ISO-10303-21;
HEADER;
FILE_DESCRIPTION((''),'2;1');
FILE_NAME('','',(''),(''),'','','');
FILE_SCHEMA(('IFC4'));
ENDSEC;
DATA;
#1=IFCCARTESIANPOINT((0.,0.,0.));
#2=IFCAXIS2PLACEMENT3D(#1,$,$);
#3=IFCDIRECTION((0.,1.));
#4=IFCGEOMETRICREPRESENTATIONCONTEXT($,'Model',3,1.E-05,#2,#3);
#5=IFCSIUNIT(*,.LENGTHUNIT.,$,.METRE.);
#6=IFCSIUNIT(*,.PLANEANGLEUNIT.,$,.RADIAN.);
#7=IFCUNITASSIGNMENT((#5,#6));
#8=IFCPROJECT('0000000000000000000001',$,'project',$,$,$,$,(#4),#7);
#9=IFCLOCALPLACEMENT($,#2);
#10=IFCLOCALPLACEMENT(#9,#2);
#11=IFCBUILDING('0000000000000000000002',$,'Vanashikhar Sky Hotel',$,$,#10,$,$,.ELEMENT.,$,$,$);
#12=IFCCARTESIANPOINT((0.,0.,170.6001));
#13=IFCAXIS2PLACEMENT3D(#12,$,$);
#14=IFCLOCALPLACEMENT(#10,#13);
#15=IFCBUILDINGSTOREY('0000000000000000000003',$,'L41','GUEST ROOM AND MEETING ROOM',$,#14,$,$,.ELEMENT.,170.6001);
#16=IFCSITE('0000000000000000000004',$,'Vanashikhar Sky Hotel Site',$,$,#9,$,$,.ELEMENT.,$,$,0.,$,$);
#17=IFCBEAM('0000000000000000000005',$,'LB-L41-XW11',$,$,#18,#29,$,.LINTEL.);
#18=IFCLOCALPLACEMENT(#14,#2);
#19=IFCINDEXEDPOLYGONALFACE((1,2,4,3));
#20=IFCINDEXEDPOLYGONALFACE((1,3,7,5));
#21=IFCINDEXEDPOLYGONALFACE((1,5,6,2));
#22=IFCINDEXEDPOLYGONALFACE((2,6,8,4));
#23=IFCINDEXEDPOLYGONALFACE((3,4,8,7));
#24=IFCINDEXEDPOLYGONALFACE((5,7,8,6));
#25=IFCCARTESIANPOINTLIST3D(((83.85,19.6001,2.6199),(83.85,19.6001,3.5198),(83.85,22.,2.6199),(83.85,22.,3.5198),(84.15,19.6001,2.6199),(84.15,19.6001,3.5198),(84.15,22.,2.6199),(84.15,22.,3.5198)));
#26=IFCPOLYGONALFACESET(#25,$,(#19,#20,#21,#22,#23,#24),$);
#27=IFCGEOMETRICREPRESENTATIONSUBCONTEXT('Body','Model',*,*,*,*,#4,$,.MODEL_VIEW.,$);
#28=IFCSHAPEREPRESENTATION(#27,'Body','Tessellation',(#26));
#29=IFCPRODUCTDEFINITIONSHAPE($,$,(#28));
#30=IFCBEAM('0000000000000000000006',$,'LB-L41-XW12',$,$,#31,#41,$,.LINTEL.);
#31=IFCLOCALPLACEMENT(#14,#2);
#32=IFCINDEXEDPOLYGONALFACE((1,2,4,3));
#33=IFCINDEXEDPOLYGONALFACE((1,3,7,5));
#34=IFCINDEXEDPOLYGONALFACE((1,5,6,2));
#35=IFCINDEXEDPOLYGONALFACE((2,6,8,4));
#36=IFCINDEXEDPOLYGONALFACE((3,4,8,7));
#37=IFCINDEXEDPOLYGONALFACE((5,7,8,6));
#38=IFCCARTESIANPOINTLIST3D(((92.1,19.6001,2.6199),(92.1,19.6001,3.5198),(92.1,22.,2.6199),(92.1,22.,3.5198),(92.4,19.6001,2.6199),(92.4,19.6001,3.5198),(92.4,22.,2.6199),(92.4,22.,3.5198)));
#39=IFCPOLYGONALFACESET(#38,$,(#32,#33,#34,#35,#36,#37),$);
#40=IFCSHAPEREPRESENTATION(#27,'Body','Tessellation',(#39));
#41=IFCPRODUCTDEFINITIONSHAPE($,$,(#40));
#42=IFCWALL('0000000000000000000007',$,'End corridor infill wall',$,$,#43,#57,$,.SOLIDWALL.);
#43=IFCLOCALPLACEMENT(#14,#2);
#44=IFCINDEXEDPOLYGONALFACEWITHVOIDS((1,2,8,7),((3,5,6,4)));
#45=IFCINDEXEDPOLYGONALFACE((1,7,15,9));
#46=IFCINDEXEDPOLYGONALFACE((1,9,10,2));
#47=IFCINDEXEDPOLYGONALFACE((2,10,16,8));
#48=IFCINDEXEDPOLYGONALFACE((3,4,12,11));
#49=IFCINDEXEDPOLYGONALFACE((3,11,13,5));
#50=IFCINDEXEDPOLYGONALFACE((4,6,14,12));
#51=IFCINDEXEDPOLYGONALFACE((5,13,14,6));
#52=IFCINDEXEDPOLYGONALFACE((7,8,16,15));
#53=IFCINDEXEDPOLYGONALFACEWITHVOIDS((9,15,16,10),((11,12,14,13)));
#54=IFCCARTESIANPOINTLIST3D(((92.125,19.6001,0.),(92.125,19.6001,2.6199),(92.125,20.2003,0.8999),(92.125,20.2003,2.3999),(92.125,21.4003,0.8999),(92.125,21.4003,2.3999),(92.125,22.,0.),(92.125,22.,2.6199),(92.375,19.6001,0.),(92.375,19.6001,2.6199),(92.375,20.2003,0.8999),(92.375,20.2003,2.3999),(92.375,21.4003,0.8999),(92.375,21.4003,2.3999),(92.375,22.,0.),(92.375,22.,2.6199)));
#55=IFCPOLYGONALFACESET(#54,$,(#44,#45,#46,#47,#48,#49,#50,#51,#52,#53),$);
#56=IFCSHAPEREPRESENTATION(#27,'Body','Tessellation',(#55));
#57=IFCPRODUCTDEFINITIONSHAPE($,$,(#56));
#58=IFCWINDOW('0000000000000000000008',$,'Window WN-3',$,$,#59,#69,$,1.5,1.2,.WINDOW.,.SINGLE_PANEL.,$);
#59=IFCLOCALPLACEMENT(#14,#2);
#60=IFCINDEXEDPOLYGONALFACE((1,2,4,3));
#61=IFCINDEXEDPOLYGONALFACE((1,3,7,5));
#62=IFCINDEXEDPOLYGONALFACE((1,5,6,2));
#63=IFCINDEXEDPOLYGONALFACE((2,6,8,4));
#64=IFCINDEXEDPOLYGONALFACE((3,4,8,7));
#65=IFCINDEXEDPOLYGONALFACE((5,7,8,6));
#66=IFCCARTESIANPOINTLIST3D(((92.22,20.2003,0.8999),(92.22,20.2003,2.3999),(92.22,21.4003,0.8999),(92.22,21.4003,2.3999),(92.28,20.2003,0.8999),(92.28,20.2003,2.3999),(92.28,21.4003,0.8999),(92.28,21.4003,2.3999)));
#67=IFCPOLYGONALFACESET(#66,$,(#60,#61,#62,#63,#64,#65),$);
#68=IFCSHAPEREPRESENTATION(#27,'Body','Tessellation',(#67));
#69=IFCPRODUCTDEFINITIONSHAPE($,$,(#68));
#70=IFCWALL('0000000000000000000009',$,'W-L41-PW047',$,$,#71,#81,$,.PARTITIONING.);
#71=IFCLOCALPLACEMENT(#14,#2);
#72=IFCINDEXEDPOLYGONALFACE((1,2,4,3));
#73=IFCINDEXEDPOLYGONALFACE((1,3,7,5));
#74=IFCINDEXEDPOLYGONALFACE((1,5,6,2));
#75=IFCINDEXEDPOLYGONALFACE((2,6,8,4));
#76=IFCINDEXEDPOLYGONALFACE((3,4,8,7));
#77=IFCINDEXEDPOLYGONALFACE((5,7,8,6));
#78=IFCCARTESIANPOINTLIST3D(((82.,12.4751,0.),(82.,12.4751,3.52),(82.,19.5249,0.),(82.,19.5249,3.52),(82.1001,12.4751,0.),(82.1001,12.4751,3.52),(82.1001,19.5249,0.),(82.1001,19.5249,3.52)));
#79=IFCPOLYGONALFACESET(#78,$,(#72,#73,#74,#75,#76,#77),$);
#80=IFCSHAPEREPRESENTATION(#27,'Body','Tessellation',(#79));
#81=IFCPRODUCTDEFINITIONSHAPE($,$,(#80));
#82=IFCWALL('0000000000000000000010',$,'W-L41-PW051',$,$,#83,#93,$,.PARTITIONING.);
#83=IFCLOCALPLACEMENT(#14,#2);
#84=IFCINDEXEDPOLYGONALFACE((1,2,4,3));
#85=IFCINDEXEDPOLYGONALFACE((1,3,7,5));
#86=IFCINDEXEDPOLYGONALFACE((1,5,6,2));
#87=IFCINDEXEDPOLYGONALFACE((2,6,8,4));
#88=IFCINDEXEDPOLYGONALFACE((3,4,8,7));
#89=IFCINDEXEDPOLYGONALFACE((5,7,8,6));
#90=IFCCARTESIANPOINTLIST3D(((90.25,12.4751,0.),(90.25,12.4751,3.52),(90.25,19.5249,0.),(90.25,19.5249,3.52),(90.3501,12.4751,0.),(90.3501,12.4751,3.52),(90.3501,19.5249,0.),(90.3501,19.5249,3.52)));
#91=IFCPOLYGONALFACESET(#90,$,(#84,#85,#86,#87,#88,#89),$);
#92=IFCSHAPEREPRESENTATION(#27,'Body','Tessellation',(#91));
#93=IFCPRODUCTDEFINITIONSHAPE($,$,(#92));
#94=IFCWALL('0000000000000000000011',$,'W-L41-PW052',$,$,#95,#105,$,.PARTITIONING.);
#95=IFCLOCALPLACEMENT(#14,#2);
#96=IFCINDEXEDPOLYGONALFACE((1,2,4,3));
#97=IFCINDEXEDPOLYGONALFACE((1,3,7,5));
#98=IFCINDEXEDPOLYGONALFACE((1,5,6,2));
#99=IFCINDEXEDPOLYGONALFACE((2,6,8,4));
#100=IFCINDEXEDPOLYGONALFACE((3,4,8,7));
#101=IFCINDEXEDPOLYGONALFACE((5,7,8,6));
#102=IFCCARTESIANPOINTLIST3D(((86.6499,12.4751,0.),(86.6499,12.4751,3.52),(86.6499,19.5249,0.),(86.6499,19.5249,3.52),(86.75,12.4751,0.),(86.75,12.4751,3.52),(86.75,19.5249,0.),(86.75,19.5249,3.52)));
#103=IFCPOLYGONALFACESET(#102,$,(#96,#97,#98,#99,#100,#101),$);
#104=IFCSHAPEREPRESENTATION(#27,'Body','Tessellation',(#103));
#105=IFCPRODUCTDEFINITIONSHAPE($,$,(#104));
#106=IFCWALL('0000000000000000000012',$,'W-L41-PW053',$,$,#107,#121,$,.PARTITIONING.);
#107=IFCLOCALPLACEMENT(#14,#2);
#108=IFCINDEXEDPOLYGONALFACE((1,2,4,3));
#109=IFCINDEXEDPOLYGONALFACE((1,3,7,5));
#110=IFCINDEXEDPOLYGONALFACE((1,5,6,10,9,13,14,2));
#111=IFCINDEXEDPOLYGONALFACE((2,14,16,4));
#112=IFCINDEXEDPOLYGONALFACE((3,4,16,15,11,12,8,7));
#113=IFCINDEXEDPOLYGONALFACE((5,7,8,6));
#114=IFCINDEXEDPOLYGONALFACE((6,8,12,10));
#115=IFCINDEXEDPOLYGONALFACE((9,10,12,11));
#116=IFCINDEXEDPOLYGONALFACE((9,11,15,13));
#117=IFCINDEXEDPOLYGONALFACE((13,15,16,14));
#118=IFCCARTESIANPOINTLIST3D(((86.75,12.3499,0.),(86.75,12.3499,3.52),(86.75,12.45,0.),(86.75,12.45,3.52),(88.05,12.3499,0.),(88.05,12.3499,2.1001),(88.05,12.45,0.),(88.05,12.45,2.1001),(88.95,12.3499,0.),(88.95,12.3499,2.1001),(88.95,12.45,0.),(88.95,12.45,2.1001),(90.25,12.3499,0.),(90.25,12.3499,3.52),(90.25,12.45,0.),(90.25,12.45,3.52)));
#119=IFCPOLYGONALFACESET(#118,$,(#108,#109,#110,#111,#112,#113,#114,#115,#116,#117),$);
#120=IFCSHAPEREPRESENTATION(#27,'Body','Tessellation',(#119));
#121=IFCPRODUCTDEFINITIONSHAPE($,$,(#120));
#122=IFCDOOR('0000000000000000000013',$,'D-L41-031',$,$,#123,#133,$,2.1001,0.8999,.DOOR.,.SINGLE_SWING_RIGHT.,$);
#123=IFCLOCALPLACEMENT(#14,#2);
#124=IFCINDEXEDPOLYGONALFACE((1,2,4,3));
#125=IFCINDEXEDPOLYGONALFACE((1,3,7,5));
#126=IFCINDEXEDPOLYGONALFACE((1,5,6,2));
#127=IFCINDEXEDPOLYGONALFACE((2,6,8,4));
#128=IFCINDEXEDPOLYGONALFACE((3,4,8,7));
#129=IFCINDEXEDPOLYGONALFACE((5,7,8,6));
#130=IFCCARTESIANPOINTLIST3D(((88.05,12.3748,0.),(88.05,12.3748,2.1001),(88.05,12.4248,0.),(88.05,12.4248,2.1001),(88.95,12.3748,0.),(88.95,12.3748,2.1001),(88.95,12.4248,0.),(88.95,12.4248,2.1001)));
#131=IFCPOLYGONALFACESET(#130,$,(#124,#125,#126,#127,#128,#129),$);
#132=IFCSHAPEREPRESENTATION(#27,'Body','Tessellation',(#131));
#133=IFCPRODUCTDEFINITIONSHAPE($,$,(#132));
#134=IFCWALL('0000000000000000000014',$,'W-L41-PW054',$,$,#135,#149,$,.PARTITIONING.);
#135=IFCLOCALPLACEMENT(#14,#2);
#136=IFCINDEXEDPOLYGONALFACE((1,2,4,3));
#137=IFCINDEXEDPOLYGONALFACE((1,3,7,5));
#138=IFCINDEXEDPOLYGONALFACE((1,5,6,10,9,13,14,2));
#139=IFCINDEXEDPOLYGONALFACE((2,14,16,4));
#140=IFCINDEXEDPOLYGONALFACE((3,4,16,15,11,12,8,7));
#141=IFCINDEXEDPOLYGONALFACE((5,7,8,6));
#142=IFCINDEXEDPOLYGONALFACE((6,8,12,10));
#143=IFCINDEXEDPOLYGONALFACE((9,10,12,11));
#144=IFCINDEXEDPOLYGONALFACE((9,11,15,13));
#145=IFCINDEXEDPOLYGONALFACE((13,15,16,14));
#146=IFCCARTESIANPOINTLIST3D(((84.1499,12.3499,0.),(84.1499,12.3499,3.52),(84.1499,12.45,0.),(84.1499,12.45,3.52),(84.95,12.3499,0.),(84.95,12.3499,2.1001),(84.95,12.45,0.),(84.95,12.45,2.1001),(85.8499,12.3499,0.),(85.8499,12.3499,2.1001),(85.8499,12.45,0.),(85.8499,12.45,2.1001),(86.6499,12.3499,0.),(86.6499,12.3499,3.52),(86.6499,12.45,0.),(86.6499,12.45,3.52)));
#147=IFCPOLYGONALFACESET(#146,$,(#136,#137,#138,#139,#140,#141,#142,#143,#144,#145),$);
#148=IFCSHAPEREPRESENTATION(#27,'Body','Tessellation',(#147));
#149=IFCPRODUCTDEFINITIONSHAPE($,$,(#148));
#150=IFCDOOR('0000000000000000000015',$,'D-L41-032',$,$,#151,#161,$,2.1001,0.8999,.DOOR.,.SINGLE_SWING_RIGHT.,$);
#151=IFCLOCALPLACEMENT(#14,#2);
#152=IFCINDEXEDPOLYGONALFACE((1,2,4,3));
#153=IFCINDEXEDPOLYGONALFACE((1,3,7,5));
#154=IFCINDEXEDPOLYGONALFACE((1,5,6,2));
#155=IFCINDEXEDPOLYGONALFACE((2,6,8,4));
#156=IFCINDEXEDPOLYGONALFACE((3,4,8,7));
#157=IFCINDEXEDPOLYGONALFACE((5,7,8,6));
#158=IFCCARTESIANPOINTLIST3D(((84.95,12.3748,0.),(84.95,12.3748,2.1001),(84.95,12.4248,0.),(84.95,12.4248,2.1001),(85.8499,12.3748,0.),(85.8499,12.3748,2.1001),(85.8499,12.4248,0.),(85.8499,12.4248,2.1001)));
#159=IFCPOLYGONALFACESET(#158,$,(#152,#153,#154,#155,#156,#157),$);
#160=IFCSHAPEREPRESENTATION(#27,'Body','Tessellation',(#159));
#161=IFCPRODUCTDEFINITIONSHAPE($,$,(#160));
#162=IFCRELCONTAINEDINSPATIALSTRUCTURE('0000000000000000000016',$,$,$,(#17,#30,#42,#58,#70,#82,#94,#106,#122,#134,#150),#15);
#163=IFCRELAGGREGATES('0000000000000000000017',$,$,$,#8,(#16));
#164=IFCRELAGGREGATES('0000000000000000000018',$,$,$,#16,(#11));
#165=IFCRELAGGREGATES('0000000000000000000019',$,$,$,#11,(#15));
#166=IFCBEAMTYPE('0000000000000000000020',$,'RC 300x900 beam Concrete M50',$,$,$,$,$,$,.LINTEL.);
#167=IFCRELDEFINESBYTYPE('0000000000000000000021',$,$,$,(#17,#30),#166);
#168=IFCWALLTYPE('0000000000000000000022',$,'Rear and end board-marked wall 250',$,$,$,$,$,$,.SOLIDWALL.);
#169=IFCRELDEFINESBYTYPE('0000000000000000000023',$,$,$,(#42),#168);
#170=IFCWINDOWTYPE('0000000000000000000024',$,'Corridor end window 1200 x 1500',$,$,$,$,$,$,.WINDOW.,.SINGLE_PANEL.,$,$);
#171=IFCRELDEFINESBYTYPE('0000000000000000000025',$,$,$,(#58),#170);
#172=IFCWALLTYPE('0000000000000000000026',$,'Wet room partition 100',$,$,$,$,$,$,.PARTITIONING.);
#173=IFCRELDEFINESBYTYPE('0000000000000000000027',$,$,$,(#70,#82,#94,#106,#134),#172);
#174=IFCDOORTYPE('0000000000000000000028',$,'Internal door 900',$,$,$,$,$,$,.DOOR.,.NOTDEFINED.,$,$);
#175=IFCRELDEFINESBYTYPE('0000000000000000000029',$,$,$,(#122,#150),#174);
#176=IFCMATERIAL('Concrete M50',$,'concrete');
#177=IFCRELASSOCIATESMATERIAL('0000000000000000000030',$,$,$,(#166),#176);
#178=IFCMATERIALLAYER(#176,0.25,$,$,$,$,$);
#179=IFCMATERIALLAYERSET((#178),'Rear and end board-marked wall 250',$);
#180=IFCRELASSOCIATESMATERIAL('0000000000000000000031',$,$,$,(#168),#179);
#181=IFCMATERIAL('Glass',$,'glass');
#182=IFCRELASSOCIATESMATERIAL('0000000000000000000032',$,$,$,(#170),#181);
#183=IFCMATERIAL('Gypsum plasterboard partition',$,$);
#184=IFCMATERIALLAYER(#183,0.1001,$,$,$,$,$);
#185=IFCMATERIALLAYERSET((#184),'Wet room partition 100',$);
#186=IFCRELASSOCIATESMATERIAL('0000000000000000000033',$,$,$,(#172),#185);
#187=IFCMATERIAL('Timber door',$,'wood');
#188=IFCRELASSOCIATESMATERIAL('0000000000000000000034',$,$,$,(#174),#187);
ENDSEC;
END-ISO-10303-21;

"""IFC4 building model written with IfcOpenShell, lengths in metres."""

from ifc_helpers import new_model, si_unit, direction, frame, frame_2d, origin, origin_2d, place, context, subcontext, project, spatial, rectangle, extrude, source, transform, mapped, material, layer, layer_set, material_profile, profile_set, type_object, element, fill, save


model = new_model("IFC4")

# Units and contexts
model_context = context("Model", 3, precision=1e-05, world=origin(), true_north=direction((0.0, 1.0)))
body_context = subcontext(model_context, "Body", "Model", "MODEL_VIEW")
ifc_project = project(units=[si_unit("LENGTHUNIT", "METRE"), si_unit("PLANEANGLEUNIT", "RADIAN")], contexts=[model_context])

# Site, building, storey
site_placement = place(None, origin())
site = spatial("IfcSite", under=ifc_project, at=site_placement, Name="Vanashikhar Sky Hotel Site", CompositionType="ELEMENT", RefElevation=0.0)
building_placement = place(site_placement, origin())
building = spatial("IfcBuilding", under=site, at=building_placement, Name="Vanashikhar Sky Hotel", CompositionType="ELEMENT")
storey_placement = place(building_placement, frame((0.0, 0.0, 170.6001)))
storey = spatial("IfcBuildingStorey", under=building, at=storey_placement, Name="L41", Description="GUEST ROOM AND MEETING ROOM", CompositionType="ELEMENT", Elevation=170.6001)

# Beams
ifc_material_1 = material(Name="Concrete M50", Category="concrete")
ifc_material_profile = material_profile(ifc_material_1, rectangle(XDim=0.3, YDim=0.8999, at=origin_2d()))
ifc_profile_set = profile_set([ifc_material_profile], Name="RC 300x900 beam Concrete M50")
beam_type = type_object("IfcBeamType", Name="RC 300x900 beam Concrete M50", PredefinedType="LINTEL", material=ifc_profile_set)
shared_shape_1 = source(origin(), body_context, "Body", "SweptSolid", [
    extrude(rectangle(XDim=0.3, YDim=0.8999, at=origin_2d()), origin(), (0.0, 0.0, 1.0), 2.3999),
])
for number, where, z_axis, x_axis, name in (
    (1, (84.0, 19.6001, 3.0698), (0.0, 1.0, 0.0), (-1.0, 0.0, 0.0), "LB-L41-XW11"),
    (2, (92.25, 19.6001, 3.0698), (0.0, 1.0, 0.0), (-1.0, 0.0, 0.0), "LB-L41-XW12"),
):
    element("IfcBeam", number, at=place(storey_placement, frame(where, z_axis=z_axis, x_axis=x_axis)), inside=storey, type_object=beam_type, Name=name, PredefinedType="LINTEL", context=body_context, shape_type="MappedRepresentation", body=[
        mapped(shared_shape_1, transform((0.0, 0.0, 0.0), scale=1.0)),
    ])

# Wall, opening, window
ifc_layer_1 = layer(ifc_material_1, 0.25)
ifc_layer_set_1 = layer_set([ifc_layer_1], Name="Rear and end board-marked wall 250")
wall_type_1 = type_object("IfcWallType", Name="Rear and end board-marked wall 250", PredefinedType="SOLIDWALL", material=ifc_layer_set_1)
shared_shape_2 = source(origin(), body_context, "Body", "SweptSolid", [
    extrude(rectangle(XDim=2.3999, YDim=0.25, at=frame_2d((1.2, 0.0))), origin(), (0.0, 0.0, 1.0), 2.6199),
])
wall_1_placement = place(storey_placement, frame((92.25, 19.6001, 0.0), z_axis=(0.0, 0.0, 1.0), x_axis=(0.0, 1.0, 0.0)))
wall_1 = element("IfcWall", 3, at=wall_1_placement, inside=storey, type_object=wall_type_1, Name="End corridor infill wall", PredefinedType="SOLIDWALL", context=body_context, shape_type="MappedRepresentation", body=[
    mapped(shared_shape_2, transform((0.0, 0.0, 0.0), scale=1.0)),
])
shared_shape_3 = source(origin(), body_context, "Body", "SweptSolid", [
    extrude(rectangle(XDim=1.2, YDim=1.5, at=frame_2d((0.6001, 0.75))), frame((0.0, 0.135, 0.0), z_axis=(0.0, -1.0, 0.0), x_axis=(1.0, 0.0, 0.0)), (0.0, 0.0, 1.0), 0.27),
])
opening_1_placement = place(wall_1_placement, frame((0.6001, 0.0, 0.8999)))
opening_1 = element("IfcOpeningElement", 4, at=opening_1_placement, cuts=wall_1, PredefinedType="OPENING", context=body_context, shape_type="MappedRepresentation", body=[
    mapped(shared_shape_3, transform((0.0, 0.0, 0.0), scale=1.0)),
])
ifc_material_2 = material(Name="Glass", Category="glass")
window_type = type_object("IfcWindowType", Name="Corridor end window 1200 x 1500", PartitioningType="SINGLE_PANEL", PredefinedType="WINDOW", material=ifc_material_2)
shared_shape_4 = source(origin(), body_context, "Body", "SweptSolid", [
    extrude(rectangle(XDim=1.2, YDim=1.5, at=frame_2d((0.6001, 0.75))), frame((0.0, 0.03, 0.0), z_axis=(0.0, -1.0, 0.0), x_axis=(1.0, 0.0, 0.0)), (0.0, 0.0, 1.0), 0.0601),
])
window_placement = place(opening_1_placement, origin())
window = element("IfcWindow", 5, at=window_placement, inside=storey, type_object=window_type, Name="Window WN-3", OverallHeight=1.5, OverallWidth=1.2, PartitioningType="SINGLE_PANEL", PredefinedType="WINDOW", context=body_context, shape_type="MappedRepresentation", body=[
    mapped(shared_shape_4, transform((0.0, 0.0, 0.0), scale=1.0)),
])
fill(opening_1, window)

# Walls
ifc_material_3 = material(Name="Gypsum plasterboard partition")
ifc_layer_2 = layer(ifc_material_3, 0.1001)
ifc_layer_set_2 = layer_set([ifc_layer_2], Name="Wet room partition 100")
wall_type_2 = type_object("IfcWallType", Name="Wet room partition 100", PredefinedType="PARTITIONING", material=ifc_layer_set_2)
shared_shape_5 = source(origin(), body_context, "Body", "SweptSolid", [
    extrude(rectangle(XDim=7.0498, YDim=0.1001, at=frame_2d((3.5249, 0.0))), origin(), (0.0, 0.0, 1.0), 3.52),
])
for number, where, z_axis, x_axis, name in (
    (6, (82.05, 12.4751, 0.0), (0.0, 0.0, 1.0), (0.0, 1.0, 0.0), "W-L41-PW047"),
    (7, (90.3, 12.4751, 0.0), (0.0, 0.0, 1.0), (0.0, 1.0, 0.0), "W-L41-PW051"),
    (8, (86.7, 12.4751, 0.0), (0.0, 0.0, 1.0), (0.0, 1.0, 0.0), "W-L41-PW052"),
):
    element("IfcWall", number, at=place(storey_placement, frame(where, z_axis=z_axis, x_axis=x_axis)), inside=storey, type_object=wall_type_2, Name=name, PredefinedType="PARTITIONING", context=body_context, shape_type="MappedRepresentation", body=[
        mapped(shared_shape_5, transform((0.0, 0.0, 0.0), scale=1.0)),
    ])

# Walls, openings, doors
shared_shape_6 = source(origin(), body_context, "Body", "SweptSolid", [
    extrude(rectangle(XDim=3.5, YDim=0.1001, at=frame_2d((1.75, 0.0))), origin(), (0.0, 0.0, 1.0), 3.52),
])
wall_2_placement = place(storey_placement, frame((86.75, 12.3999, 0.0), z_axis=(0.0, 0.0, 1.0), x_axis=(1.0, 0.0, 0.0)))
wall_2 = element("IfcWall", 9, at=wall_2_placement, inside=storey, type_object=wall_type_2, Name="W-L41-PW053", PredefinedType="PARTITIONING", context=body_context, shape_type="MappedRepresentation", body=[
    mapped(shared_shape_6, transform((0.0, 0.0, 0.0), scale=1.0)),
])
shared_shape_7 = source(origin(), body_context, "Body", "SweptSolid", [
    extrude(rectangle(XDim=0.8999, YDim=2.1001, at=frame_2d((0.45, 1.05))), frame((0.0, 0.0601, 0.0), z_axis=(0.0, -1.0, 0.0), x_axis=(1.0, 0.0, 0.0)), (0.0, 0.0, 1.0), 0.1201),
])
opening_2_placement = place(wall_2_placement, frame((1.3, 0.0, 0.0)))
opening_2 = element("IfcOpeningElement", 10, at=opening_2_placement, cuts=wall_2, PredefinedType="OPENING", context=body_context, shape_type="MappedRepresentation", body=[
    mapped(shared_shape_7, transform((0.0, 0.0, 0.0), scale=1.0)),
])
ifc_material_4 = material(Name="Timber door", Category="wood")
door_type_1 = type_object("IfcDoorType", Name="Internal door 900", OperationType="NOTDEFINED", PredefinedType="DOOR", material=ifc_material_4)
shared_shape_8 = source(origin(), body_context, "Body", "SweptSolid", [
    extrude(rectangle(XDim=0.8999, YDim=2.1001, at=frame_2d((0.45, 1.05))), frame((0.0, 0.0249, 0.0), z_axis=(0.0, -1.0, 0.0), x_axis=(1.0, 0.0, 0.0)), (0.0, 0.0, 1.0), 0.05),
])
door_1_placement = place(opening_2_placement, origin())
door_1 = element("IfcDoor", 11, at=door_1_placement, inside=storey, type_object=door_type_1, Name="D-L41-031", OperationType="SINGLE_SWING_RIGHT", OverallHeight=2.1001, OverallWidth=0.8999, PredefinedType="DOOR", context=body_context, shape_type="MappedRepresentation", body=[
    mapped(shared_shape_8, transform((0.0, 0.0, 0.0), scale=1.0)),
])
fill(opening_2, door_1)
shared_shape_9 = source(origin(), body_context, "Body", "SweptSolid", [
    extrude(rectangle(XDim=2.5, YDim=0.1001, at=frame_2d((1.25, 0.0))), origin(), (0.0, 0.0, 1.0), 3.52),
])
wall_3_placement = place(storey_placement, frame((84.1499, 12.3999, 0.0), z_axis=(0.0, 0.0, 1.0), x_axis=(1.0, 0.0, 0.0)))
wall_3 = element("IfcWall", 12, at=wall_3_placement, inside=storey, type_object=wall_type_2, Name="W-L41-PW054", PredefinedType="PARTITIONING", context=body_context, shape_type="MappedRepresentation", body=[
    mapped(shared_shape_9, transform((0.0, 0.0, 0.0), scale=1.0)),
])
opening_3_placement = place(wall_3_placement, frame((0.8, 0.0, 0.0)))
opening_3 = element("IfcOpeningElement", 13, at=opening_3_placement, cuts=wall_3, PredefinedType="OPENING", context=body_context, shape_type="MappedRepresentation", body=[
    mapped(shared_shape_7, transform((0.0, 0.0, 0.0), scale=1.0)),
])
door_2_placement = place(opening_3_placement, origin())
door_2 = element("IfcDoor", 14, at=door_2_placement, inside=storey, type_object=door_type_1, Name="D-L41-032", OperationType="SINGLE_SWING_RIGHT", OverallHeight=2.1001, OverallWidth=0.8999, PredefinedType="DOOR", context=body_context, shape_type="MappedRepresentation", body=[
    mapped(shared_shape_8, transform((0.0, 0.0, 0.0), scale=1.0)),
])
fill(opening_3, door_2)

save(model, "model.ifc")
